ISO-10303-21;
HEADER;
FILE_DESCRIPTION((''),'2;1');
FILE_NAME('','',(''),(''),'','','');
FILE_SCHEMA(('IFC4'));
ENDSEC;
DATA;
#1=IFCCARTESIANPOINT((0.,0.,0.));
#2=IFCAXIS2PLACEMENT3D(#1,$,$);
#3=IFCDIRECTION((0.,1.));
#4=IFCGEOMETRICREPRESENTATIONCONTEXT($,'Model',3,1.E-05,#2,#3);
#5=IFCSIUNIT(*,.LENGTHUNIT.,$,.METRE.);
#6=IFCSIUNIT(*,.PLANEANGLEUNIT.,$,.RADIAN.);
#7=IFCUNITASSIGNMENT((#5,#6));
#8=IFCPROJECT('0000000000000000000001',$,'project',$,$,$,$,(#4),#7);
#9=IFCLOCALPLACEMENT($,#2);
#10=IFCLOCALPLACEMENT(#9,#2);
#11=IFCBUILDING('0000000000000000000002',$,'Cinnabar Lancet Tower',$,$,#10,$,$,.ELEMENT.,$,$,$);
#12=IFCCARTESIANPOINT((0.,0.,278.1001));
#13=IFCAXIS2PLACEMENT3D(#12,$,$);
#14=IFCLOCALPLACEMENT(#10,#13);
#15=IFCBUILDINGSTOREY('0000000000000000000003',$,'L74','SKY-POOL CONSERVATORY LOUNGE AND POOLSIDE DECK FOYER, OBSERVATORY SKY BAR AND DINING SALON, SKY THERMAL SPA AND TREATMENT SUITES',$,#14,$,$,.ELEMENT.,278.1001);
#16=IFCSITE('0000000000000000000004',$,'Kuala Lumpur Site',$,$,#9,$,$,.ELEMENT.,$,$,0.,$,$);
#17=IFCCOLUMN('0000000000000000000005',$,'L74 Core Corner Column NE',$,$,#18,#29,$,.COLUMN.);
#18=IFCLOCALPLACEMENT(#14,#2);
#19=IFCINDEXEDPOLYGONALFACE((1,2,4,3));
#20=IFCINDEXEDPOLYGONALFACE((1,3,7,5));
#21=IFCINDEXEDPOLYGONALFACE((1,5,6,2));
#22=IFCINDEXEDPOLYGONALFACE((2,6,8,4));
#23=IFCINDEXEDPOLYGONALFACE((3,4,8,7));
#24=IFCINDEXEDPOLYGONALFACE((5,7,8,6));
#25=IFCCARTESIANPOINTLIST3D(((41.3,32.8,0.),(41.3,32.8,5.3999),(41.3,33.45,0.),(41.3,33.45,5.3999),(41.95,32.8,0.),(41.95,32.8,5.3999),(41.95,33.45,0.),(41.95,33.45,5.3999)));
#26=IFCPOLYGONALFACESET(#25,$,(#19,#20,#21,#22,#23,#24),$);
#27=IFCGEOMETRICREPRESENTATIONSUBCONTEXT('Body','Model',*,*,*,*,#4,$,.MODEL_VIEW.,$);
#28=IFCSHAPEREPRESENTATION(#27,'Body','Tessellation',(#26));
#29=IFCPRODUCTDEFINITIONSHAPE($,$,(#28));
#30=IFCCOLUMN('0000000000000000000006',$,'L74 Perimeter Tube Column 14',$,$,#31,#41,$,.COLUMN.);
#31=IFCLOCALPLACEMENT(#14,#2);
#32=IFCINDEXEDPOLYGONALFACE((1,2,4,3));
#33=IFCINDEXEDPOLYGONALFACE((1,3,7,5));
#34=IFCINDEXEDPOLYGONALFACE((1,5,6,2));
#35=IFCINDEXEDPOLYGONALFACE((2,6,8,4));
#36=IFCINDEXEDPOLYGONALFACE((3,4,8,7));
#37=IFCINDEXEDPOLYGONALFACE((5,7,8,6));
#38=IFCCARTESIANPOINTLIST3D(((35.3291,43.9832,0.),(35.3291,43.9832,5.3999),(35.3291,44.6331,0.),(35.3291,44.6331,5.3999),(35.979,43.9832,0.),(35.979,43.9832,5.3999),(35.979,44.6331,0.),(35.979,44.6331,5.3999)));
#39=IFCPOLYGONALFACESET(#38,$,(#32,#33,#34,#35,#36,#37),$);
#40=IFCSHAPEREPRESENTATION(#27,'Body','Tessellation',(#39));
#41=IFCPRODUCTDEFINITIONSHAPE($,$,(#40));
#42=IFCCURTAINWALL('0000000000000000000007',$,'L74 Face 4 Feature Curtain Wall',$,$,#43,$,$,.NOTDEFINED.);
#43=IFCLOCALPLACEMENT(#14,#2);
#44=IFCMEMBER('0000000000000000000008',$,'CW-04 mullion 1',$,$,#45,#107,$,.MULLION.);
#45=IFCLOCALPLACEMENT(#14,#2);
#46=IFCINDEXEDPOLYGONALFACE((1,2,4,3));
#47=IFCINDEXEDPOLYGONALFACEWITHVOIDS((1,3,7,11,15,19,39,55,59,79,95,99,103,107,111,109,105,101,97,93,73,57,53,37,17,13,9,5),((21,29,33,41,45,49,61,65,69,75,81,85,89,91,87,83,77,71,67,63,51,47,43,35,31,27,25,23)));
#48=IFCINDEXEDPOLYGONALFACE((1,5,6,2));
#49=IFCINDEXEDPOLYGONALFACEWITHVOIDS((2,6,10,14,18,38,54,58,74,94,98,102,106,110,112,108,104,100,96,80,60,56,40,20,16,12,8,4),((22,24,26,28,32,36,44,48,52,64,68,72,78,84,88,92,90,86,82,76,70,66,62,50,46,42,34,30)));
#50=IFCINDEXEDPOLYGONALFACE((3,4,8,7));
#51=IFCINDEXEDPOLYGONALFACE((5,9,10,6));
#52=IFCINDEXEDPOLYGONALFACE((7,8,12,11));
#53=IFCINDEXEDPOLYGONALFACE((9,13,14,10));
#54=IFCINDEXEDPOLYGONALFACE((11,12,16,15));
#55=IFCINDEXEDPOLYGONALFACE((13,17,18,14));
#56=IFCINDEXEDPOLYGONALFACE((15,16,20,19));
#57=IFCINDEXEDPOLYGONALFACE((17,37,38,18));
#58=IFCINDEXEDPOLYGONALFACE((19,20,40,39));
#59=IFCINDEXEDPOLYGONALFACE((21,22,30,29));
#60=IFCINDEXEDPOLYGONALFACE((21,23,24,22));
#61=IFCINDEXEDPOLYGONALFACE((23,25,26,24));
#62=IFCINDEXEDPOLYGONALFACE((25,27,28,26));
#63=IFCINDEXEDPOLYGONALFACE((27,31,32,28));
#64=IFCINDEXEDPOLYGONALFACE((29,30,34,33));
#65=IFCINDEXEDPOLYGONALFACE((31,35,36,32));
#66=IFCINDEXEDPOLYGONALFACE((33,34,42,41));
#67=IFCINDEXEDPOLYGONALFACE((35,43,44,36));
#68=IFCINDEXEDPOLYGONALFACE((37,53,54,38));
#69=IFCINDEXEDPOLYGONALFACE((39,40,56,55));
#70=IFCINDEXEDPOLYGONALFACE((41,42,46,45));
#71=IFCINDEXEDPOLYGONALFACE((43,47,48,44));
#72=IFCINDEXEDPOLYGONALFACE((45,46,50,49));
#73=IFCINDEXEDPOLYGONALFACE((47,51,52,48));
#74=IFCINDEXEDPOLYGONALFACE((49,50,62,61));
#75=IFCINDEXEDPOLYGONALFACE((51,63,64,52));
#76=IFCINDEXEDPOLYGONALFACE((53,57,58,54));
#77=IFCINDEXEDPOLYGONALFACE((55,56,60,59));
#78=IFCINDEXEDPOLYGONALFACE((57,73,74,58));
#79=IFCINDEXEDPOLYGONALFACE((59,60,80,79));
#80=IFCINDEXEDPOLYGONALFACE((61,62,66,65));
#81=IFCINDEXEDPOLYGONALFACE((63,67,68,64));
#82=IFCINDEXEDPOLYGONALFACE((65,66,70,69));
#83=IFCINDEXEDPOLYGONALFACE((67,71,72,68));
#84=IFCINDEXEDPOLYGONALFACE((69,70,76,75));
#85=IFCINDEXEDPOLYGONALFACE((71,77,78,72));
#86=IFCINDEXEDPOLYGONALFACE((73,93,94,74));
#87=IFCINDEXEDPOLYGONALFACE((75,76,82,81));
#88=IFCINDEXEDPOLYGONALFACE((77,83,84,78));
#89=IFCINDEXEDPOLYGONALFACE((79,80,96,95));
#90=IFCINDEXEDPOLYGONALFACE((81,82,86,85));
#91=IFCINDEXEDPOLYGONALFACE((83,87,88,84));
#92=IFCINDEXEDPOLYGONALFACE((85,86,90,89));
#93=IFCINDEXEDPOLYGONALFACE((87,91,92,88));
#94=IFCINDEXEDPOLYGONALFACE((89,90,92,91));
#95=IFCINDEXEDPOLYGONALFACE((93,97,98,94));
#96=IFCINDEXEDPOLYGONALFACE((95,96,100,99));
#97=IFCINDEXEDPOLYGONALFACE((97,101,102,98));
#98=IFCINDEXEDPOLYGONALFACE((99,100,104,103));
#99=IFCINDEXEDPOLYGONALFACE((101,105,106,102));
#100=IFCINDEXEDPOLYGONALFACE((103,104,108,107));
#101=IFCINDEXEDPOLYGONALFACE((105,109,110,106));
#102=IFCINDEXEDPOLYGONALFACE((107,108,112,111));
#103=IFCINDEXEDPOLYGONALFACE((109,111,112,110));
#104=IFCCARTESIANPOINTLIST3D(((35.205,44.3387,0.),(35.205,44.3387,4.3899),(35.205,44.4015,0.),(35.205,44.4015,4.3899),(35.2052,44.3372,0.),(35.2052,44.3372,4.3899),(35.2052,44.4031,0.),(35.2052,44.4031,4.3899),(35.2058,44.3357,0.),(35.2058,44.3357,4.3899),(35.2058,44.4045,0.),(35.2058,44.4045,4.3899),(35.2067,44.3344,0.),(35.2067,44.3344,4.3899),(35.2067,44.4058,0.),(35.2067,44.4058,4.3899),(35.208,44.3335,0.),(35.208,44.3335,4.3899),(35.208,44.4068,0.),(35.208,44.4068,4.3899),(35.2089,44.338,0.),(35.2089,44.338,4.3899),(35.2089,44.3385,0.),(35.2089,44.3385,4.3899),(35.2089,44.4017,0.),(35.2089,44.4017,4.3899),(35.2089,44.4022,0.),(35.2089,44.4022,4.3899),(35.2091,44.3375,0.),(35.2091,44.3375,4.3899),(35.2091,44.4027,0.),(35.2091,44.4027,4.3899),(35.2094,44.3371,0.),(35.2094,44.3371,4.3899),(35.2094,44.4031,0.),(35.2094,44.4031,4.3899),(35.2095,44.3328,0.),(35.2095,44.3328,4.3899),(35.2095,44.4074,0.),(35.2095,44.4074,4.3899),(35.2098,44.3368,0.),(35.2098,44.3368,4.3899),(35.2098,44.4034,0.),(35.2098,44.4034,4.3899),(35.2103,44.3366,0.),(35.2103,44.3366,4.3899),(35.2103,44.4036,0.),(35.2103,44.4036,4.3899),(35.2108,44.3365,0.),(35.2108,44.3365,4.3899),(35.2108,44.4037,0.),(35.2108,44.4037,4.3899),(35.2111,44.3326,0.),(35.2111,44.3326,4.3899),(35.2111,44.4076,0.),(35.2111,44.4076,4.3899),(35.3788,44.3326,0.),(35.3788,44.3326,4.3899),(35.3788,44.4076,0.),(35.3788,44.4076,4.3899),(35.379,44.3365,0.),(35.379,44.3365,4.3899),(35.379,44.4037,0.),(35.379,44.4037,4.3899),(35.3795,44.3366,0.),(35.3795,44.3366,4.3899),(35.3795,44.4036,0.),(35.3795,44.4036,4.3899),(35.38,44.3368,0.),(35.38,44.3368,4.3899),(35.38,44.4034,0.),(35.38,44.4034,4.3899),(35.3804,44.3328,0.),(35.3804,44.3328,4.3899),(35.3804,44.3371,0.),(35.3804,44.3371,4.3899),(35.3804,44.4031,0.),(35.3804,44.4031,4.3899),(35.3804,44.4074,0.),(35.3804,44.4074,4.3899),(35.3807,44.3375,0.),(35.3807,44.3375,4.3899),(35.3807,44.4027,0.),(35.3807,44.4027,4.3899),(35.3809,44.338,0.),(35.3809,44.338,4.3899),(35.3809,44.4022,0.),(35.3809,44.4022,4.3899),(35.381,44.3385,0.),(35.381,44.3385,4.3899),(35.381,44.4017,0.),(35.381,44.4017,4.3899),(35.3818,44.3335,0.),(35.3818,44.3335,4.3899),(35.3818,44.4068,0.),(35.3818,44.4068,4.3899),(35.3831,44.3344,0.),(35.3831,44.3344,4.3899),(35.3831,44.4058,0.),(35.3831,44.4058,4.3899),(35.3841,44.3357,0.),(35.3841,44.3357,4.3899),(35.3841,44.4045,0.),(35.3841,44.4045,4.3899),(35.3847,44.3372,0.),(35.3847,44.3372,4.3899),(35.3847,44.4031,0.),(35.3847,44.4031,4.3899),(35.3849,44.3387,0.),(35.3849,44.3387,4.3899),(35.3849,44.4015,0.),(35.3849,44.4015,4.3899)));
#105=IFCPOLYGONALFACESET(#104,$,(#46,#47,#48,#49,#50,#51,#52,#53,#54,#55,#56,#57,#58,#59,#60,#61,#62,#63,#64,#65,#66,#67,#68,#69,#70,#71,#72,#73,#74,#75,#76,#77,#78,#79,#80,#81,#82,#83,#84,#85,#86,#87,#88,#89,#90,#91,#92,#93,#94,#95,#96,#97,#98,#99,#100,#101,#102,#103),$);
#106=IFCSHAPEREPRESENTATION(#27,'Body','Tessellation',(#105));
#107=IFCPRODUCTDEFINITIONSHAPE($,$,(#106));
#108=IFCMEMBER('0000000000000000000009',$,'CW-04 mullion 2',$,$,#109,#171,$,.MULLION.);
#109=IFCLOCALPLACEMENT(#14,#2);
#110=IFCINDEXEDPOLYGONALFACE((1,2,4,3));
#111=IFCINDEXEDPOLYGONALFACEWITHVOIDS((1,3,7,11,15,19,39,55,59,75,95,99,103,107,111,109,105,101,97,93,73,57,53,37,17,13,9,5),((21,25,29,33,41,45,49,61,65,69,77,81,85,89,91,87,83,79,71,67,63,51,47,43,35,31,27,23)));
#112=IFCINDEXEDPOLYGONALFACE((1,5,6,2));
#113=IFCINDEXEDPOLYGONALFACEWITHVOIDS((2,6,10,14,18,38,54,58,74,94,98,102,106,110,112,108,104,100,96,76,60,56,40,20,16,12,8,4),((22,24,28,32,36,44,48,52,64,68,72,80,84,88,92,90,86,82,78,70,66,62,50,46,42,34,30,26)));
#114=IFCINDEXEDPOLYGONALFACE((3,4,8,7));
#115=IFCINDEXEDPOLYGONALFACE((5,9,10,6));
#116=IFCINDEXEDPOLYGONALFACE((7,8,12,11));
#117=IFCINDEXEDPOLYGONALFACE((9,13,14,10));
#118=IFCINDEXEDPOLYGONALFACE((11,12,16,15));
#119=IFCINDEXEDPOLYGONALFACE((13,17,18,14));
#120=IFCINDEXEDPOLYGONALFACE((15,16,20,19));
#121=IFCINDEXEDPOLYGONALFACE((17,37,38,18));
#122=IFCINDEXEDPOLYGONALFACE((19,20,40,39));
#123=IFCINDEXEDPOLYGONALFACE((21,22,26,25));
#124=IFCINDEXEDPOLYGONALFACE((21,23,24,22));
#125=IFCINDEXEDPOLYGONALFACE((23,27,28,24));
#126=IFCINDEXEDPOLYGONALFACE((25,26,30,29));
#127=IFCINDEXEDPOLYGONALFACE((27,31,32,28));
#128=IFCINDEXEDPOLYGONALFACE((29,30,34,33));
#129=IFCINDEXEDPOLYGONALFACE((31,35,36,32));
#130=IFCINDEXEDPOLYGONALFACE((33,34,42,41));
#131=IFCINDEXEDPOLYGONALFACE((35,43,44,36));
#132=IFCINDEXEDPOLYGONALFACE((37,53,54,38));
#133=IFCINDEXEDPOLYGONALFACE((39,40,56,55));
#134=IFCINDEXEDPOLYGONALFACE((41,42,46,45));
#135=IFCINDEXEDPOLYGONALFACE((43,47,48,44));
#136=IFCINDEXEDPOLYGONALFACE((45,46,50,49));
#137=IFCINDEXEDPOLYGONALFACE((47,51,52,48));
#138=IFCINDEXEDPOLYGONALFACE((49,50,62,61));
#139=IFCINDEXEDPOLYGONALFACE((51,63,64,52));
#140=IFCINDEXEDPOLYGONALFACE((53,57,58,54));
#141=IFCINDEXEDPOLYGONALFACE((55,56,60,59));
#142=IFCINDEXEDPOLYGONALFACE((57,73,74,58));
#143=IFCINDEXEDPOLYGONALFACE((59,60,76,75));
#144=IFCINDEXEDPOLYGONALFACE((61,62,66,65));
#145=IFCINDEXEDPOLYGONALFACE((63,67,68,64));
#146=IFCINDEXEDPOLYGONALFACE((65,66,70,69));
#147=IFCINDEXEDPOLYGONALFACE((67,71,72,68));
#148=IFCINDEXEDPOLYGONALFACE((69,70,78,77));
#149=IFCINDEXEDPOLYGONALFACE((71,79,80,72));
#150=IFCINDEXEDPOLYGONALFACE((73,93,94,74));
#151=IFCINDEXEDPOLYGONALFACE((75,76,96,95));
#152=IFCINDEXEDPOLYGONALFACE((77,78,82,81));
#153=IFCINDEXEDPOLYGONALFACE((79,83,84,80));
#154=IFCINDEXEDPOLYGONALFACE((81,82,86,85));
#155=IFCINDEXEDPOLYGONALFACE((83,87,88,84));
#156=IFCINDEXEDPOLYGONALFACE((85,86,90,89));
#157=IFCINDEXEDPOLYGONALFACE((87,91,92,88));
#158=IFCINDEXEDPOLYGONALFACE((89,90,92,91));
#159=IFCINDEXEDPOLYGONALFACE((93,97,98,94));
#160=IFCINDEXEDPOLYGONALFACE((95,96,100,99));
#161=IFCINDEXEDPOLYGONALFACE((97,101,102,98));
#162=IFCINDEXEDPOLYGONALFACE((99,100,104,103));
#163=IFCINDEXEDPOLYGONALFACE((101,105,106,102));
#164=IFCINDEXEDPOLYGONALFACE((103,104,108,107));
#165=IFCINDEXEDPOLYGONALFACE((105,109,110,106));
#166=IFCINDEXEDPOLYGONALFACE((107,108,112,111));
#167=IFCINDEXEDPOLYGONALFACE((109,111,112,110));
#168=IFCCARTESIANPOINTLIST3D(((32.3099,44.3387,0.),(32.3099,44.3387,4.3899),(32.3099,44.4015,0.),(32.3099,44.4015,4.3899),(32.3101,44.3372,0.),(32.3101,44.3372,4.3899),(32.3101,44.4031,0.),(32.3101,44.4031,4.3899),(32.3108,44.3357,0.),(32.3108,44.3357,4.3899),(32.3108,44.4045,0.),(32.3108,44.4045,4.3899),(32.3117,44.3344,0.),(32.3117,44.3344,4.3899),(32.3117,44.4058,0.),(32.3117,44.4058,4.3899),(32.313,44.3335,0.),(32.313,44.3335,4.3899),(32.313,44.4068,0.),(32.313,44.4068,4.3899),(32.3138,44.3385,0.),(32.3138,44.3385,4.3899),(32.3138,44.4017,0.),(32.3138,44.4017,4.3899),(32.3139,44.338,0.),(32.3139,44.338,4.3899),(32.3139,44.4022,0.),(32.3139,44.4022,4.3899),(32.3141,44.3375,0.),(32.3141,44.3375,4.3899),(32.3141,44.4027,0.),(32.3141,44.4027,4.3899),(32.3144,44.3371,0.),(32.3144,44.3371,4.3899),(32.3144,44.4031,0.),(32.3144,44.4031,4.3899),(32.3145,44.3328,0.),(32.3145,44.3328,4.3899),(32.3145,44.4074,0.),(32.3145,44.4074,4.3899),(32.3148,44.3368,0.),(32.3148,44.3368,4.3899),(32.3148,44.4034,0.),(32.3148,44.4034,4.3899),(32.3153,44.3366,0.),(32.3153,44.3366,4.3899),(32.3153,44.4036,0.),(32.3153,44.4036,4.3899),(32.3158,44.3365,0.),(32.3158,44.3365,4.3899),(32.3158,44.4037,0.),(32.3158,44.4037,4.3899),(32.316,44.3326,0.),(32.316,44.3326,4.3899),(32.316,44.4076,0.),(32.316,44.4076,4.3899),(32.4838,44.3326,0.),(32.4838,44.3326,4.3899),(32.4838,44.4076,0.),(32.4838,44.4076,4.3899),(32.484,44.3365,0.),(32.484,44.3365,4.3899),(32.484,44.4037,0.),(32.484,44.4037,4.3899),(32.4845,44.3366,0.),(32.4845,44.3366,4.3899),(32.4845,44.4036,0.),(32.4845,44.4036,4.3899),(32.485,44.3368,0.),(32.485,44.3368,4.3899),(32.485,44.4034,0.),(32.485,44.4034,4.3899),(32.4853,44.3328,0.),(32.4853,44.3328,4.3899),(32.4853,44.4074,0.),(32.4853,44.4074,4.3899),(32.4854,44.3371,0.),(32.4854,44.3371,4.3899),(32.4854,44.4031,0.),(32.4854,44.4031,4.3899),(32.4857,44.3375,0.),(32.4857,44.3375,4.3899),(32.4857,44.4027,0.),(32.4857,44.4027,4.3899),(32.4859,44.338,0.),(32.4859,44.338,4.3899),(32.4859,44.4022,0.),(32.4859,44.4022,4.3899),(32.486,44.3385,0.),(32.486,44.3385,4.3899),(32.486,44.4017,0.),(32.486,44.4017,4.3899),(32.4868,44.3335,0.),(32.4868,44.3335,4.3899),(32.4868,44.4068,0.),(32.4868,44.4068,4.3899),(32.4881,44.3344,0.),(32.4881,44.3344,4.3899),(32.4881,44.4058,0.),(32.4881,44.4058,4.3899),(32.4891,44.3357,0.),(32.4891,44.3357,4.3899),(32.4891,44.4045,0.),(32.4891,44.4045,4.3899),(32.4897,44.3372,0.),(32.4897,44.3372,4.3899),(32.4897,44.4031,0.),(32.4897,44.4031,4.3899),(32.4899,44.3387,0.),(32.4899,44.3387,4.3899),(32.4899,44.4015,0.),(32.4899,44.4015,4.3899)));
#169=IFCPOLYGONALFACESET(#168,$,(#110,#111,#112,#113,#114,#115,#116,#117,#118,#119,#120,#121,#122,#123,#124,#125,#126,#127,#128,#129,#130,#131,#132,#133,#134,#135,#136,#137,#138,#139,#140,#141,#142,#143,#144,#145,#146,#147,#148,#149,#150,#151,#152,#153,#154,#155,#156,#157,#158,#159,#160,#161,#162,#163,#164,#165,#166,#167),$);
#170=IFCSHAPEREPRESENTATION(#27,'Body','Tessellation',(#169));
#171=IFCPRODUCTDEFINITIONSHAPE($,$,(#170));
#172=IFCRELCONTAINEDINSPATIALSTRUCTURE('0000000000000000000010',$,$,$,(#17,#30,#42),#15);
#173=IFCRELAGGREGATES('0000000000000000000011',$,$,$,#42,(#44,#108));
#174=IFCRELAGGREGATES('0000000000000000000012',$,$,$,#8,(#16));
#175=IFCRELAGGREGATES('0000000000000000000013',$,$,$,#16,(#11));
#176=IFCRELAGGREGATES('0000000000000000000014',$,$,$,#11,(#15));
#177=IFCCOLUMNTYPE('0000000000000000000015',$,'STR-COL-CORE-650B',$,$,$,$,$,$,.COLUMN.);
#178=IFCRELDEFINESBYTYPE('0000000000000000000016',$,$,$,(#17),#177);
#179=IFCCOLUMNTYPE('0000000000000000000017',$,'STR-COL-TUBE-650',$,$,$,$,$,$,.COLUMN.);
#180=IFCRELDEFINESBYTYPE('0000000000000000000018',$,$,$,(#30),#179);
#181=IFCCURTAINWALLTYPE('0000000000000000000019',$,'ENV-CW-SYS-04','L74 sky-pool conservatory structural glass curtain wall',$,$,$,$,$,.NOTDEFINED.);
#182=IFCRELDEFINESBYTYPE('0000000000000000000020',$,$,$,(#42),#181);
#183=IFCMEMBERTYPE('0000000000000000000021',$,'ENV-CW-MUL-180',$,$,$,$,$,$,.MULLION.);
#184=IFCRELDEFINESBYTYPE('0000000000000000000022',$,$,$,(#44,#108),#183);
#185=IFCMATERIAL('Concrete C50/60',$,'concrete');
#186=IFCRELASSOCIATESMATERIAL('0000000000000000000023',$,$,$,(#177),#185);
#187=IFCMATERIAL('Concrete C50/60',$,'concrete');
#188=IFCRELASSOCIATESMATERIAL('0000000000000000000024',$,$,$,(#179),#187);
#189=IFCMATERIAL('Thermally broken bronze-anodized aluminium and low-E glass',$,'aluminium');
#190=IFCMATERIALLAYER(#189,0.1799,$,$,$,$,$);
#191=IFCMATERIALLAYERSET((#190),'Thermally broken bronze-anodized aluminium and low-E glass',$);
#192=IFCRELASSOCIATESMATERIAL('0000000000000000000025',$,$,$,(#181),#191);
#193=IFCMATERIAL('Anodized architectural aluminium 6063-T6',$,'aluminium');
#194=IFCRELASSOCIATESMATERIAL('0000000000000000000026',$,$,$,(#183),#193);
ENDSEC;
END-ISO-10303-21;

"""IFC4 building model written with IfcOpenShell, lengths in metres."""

from ifc_helpers import new_model, si_unit, direction, frame, origin, origin_2d, place, context, subcontext, project, spatial, rectangle, hollow_rectangle, extrude, material, layer, layer_set, material_profile, profile_set, type_object, element, aggregate, save


model = new_model("IFC4")

# Units and contexts
model_context = context("Model", 3, precision=1e-05, world=origin(), true_north=direction((0.0, 1.0)))
body_context = subcontext(model_context, "Body", "Model", "MODEL_VIEW")
ifc_project = project(units=[si_unit("LENGTHUNIT", "METRE"), si_unit("PLANEANGLEUNIT", "RADIAN")], contexts=[model_context])

# Site, building, storey
site_placement = place(None, origin())
site = spatial("IfcSite", under=ifc_project, at=site_placement, Name="Kuala Lumpur Site", CompositionType="ELEMENT", RefElevation=0.0)
building_placement = place(site_placement, origin())
building = spatial("IfcBuilding", under=site, at=building_placement, Name="Cinnabar Lancet Tower", CompositionType="ELEMENT")
storey_placement = place(building_placement, frame((0.0, 0.0, 278.1001)))
storey = spatial("IfcBuildingStorey", under=building, at=storey_placement, Name="L74", Description="SKY-POOL CONSERVATORY LOUNGE AND POOLSIDE DECK FOYER, OBSERVATORY SKY BAR AND DINING SALON, SKY THERMAL SPA AND TREATMENT SUITES", CompositionType="ELEMENT", Elevation=278.1001)

# Columns
ifc_material_1 = material(Name="Concrete C50/60", Category="concrete")
ifc_material_profile_1 = material_profile(ifc_material_1, rectangle(XDim=0.6499, YDim=0.6499, at=origin_2d()), Name="RC-COL 650x650")
ifc_profile_set_1 = profile_set([ifc_material_profile_1], Name="Concrete C50/60")
column_type_1 = type_object("IfcColumnType", Name="STR-COL-CORE-650B", PredefinedType="COLUMN", material=ifc_profile_set_1)
column_1_placement = place(storey_placement, frame((41.625, 33.125, 0.0), z_axis=(0.0, 0.0, 1.0), x_axis=(1.0, 0.0, 0.0)))
element("IfcColumn", 1, at=column_1_placement, inside=storey, type_object=column_type_1, Name="L74 Core Corner Column NE", PredefinedType="COLUMN", context=body_context, shape_type="SweptSolid", body=[
    extrude(rectangle(XDim=0.6499, YDim=0.6499, at=origin_2d()), origin(), (0.0, 0.0, 1.0), 5.3999),
])
ifc_material_2 = material(Name="Concrete C50/60", Category="concrete")
ifc_material_profile_2 = material_profile(ifc_material_2, rectangle(XDim=0.6499, YDim=0.6499, at=origin_2d()), Name="RC-COL 650x650")
ifc_profile_set_2 = profile_set([ifc_material_profile_2], Name="Concrete C50/60")
column_type_2 = type_object("IfcColumnType", Name="STR-COL-TUBE-650", PredefinedType="COLUMN", material=ifc_profile_set_2)
column_2_placement = place(storey_placement, frame((35.6541, 44.3081, 0.0), z_axis=(0.0, 0.0, 1.0), x_axis=(1.0, 0.0, 0.0)))
element("IfcColumn", 2, at=column_2_placement, inside=storey, type_object=column_type_2, Name="L74 Perimeter Tube Column 14", PredefinedType="COLUMN", context=body_context, shape_type="SweptSolid", body=[
    extrude(rectangle(XDim=0.6499, YDim=0.6499, at=origin_2d()), origin(), (0.0, 0.0, 1.0), 5.3999),
])

# Curtain wall, members
ifc_material_3 = material(Name="Thermally broken bronze-anodized aluminium and low-E glass", Category="aluminium")
ifc_layer_1 = layer(ifc_material_3, 0.1799)
ifc_layer_set_1 = layer_set([ifc_layer_1], Name="Thermally broken bronze-anodized aluminium and low-E glass")
curtain_wall_type = type_object("IfcCurtainWallType", Name="ENV-CW-SYS-04", Description="L74 sky-pool conservatory structural glass curtain wall", PredefinedType="NOTDEFINED", material=ifc_layer_set_1)
curtain_wall_placement = place(storey_placement, origin())
curtain_wall = element("IfcCurtainWall", 3, at=curtain_wall_placement, inside=storey, type_object=curtain_wall_type, Name="L74 Face 4 Feature Curtain Wall", PredefinedType="NOTDEFINED")
ifc_material_4 = material(Name="Anodized architectural aluminium 6063-T6", Category="aluminium")
ifc_material_profile_3 = material_profile(ifc_material_4, hollow_rectangle(XDim=0.075, YDim=0.1799, WallThickness=0.0039, InnerFilletRadius=0.002, OuterFilletRadius=0.0061, at=origin_2d()), Name="CW-MUL 180x75x4")
ifc_profile_set_3 = profile_set([ifc_material_profile_3], Name="Anodized architectural aluminium 6063-T6")
member_type_1 = type_object("IfcMemberType", Name="ENV-CW-MUL-180", PredefinedType="MULLION", material=ifc_profile_set_3)
member_1_placement = place(storey_placement, frame((35.2949, 44.3701, 0.0), z_axis=(0.0, 0.0, 1.0), x_axis=(0.0, -1.0, 0.0)))
member_1 = element("IfcMember", 4, at=member_1_placement, type_object=member_type_1, Name="CW-04 mullion 1", PredefinedType="MULLION", context=body_context, shape_type="SweptSolid", body=[
    extrude(hollow_rectangle(XDim=0.075, YDim=0.1799, WallThickness=0.0039, InnerFilletRadius=0.002, OuterFilletRadius=0.0061, at=origin_2d()), origin(), (0.0, 0.0, 1.0), 4.3899),
])
member_2_placement = place(storey_placement, frame((32.3999, 44.3701, 0.0), z_axis=(0.0, 0.0, 1.0), x_axis=(0.0, -1.0, 0.0)))
member_2 = element("IfcMember", 5, at=member_2_placement, type_object=member_type_1, Name="CW-04 mullion 2", PredefinedType="MULLION", context=body_context, shape_type="SweptSolid", body=[
    extrude(hollow_rectangle(XDim=0.075, YDim=0.1799, WallThickness=0.0039, InnerFilletRadius=0.002, OuterFilletRadius=0.0061, at=origin_2d()), origin(), (0.0, 0.0, 1.0), 4.3899),
])

aggregate(curtain_wall, [member_1, member_2])

save(model, "model.ifc")
